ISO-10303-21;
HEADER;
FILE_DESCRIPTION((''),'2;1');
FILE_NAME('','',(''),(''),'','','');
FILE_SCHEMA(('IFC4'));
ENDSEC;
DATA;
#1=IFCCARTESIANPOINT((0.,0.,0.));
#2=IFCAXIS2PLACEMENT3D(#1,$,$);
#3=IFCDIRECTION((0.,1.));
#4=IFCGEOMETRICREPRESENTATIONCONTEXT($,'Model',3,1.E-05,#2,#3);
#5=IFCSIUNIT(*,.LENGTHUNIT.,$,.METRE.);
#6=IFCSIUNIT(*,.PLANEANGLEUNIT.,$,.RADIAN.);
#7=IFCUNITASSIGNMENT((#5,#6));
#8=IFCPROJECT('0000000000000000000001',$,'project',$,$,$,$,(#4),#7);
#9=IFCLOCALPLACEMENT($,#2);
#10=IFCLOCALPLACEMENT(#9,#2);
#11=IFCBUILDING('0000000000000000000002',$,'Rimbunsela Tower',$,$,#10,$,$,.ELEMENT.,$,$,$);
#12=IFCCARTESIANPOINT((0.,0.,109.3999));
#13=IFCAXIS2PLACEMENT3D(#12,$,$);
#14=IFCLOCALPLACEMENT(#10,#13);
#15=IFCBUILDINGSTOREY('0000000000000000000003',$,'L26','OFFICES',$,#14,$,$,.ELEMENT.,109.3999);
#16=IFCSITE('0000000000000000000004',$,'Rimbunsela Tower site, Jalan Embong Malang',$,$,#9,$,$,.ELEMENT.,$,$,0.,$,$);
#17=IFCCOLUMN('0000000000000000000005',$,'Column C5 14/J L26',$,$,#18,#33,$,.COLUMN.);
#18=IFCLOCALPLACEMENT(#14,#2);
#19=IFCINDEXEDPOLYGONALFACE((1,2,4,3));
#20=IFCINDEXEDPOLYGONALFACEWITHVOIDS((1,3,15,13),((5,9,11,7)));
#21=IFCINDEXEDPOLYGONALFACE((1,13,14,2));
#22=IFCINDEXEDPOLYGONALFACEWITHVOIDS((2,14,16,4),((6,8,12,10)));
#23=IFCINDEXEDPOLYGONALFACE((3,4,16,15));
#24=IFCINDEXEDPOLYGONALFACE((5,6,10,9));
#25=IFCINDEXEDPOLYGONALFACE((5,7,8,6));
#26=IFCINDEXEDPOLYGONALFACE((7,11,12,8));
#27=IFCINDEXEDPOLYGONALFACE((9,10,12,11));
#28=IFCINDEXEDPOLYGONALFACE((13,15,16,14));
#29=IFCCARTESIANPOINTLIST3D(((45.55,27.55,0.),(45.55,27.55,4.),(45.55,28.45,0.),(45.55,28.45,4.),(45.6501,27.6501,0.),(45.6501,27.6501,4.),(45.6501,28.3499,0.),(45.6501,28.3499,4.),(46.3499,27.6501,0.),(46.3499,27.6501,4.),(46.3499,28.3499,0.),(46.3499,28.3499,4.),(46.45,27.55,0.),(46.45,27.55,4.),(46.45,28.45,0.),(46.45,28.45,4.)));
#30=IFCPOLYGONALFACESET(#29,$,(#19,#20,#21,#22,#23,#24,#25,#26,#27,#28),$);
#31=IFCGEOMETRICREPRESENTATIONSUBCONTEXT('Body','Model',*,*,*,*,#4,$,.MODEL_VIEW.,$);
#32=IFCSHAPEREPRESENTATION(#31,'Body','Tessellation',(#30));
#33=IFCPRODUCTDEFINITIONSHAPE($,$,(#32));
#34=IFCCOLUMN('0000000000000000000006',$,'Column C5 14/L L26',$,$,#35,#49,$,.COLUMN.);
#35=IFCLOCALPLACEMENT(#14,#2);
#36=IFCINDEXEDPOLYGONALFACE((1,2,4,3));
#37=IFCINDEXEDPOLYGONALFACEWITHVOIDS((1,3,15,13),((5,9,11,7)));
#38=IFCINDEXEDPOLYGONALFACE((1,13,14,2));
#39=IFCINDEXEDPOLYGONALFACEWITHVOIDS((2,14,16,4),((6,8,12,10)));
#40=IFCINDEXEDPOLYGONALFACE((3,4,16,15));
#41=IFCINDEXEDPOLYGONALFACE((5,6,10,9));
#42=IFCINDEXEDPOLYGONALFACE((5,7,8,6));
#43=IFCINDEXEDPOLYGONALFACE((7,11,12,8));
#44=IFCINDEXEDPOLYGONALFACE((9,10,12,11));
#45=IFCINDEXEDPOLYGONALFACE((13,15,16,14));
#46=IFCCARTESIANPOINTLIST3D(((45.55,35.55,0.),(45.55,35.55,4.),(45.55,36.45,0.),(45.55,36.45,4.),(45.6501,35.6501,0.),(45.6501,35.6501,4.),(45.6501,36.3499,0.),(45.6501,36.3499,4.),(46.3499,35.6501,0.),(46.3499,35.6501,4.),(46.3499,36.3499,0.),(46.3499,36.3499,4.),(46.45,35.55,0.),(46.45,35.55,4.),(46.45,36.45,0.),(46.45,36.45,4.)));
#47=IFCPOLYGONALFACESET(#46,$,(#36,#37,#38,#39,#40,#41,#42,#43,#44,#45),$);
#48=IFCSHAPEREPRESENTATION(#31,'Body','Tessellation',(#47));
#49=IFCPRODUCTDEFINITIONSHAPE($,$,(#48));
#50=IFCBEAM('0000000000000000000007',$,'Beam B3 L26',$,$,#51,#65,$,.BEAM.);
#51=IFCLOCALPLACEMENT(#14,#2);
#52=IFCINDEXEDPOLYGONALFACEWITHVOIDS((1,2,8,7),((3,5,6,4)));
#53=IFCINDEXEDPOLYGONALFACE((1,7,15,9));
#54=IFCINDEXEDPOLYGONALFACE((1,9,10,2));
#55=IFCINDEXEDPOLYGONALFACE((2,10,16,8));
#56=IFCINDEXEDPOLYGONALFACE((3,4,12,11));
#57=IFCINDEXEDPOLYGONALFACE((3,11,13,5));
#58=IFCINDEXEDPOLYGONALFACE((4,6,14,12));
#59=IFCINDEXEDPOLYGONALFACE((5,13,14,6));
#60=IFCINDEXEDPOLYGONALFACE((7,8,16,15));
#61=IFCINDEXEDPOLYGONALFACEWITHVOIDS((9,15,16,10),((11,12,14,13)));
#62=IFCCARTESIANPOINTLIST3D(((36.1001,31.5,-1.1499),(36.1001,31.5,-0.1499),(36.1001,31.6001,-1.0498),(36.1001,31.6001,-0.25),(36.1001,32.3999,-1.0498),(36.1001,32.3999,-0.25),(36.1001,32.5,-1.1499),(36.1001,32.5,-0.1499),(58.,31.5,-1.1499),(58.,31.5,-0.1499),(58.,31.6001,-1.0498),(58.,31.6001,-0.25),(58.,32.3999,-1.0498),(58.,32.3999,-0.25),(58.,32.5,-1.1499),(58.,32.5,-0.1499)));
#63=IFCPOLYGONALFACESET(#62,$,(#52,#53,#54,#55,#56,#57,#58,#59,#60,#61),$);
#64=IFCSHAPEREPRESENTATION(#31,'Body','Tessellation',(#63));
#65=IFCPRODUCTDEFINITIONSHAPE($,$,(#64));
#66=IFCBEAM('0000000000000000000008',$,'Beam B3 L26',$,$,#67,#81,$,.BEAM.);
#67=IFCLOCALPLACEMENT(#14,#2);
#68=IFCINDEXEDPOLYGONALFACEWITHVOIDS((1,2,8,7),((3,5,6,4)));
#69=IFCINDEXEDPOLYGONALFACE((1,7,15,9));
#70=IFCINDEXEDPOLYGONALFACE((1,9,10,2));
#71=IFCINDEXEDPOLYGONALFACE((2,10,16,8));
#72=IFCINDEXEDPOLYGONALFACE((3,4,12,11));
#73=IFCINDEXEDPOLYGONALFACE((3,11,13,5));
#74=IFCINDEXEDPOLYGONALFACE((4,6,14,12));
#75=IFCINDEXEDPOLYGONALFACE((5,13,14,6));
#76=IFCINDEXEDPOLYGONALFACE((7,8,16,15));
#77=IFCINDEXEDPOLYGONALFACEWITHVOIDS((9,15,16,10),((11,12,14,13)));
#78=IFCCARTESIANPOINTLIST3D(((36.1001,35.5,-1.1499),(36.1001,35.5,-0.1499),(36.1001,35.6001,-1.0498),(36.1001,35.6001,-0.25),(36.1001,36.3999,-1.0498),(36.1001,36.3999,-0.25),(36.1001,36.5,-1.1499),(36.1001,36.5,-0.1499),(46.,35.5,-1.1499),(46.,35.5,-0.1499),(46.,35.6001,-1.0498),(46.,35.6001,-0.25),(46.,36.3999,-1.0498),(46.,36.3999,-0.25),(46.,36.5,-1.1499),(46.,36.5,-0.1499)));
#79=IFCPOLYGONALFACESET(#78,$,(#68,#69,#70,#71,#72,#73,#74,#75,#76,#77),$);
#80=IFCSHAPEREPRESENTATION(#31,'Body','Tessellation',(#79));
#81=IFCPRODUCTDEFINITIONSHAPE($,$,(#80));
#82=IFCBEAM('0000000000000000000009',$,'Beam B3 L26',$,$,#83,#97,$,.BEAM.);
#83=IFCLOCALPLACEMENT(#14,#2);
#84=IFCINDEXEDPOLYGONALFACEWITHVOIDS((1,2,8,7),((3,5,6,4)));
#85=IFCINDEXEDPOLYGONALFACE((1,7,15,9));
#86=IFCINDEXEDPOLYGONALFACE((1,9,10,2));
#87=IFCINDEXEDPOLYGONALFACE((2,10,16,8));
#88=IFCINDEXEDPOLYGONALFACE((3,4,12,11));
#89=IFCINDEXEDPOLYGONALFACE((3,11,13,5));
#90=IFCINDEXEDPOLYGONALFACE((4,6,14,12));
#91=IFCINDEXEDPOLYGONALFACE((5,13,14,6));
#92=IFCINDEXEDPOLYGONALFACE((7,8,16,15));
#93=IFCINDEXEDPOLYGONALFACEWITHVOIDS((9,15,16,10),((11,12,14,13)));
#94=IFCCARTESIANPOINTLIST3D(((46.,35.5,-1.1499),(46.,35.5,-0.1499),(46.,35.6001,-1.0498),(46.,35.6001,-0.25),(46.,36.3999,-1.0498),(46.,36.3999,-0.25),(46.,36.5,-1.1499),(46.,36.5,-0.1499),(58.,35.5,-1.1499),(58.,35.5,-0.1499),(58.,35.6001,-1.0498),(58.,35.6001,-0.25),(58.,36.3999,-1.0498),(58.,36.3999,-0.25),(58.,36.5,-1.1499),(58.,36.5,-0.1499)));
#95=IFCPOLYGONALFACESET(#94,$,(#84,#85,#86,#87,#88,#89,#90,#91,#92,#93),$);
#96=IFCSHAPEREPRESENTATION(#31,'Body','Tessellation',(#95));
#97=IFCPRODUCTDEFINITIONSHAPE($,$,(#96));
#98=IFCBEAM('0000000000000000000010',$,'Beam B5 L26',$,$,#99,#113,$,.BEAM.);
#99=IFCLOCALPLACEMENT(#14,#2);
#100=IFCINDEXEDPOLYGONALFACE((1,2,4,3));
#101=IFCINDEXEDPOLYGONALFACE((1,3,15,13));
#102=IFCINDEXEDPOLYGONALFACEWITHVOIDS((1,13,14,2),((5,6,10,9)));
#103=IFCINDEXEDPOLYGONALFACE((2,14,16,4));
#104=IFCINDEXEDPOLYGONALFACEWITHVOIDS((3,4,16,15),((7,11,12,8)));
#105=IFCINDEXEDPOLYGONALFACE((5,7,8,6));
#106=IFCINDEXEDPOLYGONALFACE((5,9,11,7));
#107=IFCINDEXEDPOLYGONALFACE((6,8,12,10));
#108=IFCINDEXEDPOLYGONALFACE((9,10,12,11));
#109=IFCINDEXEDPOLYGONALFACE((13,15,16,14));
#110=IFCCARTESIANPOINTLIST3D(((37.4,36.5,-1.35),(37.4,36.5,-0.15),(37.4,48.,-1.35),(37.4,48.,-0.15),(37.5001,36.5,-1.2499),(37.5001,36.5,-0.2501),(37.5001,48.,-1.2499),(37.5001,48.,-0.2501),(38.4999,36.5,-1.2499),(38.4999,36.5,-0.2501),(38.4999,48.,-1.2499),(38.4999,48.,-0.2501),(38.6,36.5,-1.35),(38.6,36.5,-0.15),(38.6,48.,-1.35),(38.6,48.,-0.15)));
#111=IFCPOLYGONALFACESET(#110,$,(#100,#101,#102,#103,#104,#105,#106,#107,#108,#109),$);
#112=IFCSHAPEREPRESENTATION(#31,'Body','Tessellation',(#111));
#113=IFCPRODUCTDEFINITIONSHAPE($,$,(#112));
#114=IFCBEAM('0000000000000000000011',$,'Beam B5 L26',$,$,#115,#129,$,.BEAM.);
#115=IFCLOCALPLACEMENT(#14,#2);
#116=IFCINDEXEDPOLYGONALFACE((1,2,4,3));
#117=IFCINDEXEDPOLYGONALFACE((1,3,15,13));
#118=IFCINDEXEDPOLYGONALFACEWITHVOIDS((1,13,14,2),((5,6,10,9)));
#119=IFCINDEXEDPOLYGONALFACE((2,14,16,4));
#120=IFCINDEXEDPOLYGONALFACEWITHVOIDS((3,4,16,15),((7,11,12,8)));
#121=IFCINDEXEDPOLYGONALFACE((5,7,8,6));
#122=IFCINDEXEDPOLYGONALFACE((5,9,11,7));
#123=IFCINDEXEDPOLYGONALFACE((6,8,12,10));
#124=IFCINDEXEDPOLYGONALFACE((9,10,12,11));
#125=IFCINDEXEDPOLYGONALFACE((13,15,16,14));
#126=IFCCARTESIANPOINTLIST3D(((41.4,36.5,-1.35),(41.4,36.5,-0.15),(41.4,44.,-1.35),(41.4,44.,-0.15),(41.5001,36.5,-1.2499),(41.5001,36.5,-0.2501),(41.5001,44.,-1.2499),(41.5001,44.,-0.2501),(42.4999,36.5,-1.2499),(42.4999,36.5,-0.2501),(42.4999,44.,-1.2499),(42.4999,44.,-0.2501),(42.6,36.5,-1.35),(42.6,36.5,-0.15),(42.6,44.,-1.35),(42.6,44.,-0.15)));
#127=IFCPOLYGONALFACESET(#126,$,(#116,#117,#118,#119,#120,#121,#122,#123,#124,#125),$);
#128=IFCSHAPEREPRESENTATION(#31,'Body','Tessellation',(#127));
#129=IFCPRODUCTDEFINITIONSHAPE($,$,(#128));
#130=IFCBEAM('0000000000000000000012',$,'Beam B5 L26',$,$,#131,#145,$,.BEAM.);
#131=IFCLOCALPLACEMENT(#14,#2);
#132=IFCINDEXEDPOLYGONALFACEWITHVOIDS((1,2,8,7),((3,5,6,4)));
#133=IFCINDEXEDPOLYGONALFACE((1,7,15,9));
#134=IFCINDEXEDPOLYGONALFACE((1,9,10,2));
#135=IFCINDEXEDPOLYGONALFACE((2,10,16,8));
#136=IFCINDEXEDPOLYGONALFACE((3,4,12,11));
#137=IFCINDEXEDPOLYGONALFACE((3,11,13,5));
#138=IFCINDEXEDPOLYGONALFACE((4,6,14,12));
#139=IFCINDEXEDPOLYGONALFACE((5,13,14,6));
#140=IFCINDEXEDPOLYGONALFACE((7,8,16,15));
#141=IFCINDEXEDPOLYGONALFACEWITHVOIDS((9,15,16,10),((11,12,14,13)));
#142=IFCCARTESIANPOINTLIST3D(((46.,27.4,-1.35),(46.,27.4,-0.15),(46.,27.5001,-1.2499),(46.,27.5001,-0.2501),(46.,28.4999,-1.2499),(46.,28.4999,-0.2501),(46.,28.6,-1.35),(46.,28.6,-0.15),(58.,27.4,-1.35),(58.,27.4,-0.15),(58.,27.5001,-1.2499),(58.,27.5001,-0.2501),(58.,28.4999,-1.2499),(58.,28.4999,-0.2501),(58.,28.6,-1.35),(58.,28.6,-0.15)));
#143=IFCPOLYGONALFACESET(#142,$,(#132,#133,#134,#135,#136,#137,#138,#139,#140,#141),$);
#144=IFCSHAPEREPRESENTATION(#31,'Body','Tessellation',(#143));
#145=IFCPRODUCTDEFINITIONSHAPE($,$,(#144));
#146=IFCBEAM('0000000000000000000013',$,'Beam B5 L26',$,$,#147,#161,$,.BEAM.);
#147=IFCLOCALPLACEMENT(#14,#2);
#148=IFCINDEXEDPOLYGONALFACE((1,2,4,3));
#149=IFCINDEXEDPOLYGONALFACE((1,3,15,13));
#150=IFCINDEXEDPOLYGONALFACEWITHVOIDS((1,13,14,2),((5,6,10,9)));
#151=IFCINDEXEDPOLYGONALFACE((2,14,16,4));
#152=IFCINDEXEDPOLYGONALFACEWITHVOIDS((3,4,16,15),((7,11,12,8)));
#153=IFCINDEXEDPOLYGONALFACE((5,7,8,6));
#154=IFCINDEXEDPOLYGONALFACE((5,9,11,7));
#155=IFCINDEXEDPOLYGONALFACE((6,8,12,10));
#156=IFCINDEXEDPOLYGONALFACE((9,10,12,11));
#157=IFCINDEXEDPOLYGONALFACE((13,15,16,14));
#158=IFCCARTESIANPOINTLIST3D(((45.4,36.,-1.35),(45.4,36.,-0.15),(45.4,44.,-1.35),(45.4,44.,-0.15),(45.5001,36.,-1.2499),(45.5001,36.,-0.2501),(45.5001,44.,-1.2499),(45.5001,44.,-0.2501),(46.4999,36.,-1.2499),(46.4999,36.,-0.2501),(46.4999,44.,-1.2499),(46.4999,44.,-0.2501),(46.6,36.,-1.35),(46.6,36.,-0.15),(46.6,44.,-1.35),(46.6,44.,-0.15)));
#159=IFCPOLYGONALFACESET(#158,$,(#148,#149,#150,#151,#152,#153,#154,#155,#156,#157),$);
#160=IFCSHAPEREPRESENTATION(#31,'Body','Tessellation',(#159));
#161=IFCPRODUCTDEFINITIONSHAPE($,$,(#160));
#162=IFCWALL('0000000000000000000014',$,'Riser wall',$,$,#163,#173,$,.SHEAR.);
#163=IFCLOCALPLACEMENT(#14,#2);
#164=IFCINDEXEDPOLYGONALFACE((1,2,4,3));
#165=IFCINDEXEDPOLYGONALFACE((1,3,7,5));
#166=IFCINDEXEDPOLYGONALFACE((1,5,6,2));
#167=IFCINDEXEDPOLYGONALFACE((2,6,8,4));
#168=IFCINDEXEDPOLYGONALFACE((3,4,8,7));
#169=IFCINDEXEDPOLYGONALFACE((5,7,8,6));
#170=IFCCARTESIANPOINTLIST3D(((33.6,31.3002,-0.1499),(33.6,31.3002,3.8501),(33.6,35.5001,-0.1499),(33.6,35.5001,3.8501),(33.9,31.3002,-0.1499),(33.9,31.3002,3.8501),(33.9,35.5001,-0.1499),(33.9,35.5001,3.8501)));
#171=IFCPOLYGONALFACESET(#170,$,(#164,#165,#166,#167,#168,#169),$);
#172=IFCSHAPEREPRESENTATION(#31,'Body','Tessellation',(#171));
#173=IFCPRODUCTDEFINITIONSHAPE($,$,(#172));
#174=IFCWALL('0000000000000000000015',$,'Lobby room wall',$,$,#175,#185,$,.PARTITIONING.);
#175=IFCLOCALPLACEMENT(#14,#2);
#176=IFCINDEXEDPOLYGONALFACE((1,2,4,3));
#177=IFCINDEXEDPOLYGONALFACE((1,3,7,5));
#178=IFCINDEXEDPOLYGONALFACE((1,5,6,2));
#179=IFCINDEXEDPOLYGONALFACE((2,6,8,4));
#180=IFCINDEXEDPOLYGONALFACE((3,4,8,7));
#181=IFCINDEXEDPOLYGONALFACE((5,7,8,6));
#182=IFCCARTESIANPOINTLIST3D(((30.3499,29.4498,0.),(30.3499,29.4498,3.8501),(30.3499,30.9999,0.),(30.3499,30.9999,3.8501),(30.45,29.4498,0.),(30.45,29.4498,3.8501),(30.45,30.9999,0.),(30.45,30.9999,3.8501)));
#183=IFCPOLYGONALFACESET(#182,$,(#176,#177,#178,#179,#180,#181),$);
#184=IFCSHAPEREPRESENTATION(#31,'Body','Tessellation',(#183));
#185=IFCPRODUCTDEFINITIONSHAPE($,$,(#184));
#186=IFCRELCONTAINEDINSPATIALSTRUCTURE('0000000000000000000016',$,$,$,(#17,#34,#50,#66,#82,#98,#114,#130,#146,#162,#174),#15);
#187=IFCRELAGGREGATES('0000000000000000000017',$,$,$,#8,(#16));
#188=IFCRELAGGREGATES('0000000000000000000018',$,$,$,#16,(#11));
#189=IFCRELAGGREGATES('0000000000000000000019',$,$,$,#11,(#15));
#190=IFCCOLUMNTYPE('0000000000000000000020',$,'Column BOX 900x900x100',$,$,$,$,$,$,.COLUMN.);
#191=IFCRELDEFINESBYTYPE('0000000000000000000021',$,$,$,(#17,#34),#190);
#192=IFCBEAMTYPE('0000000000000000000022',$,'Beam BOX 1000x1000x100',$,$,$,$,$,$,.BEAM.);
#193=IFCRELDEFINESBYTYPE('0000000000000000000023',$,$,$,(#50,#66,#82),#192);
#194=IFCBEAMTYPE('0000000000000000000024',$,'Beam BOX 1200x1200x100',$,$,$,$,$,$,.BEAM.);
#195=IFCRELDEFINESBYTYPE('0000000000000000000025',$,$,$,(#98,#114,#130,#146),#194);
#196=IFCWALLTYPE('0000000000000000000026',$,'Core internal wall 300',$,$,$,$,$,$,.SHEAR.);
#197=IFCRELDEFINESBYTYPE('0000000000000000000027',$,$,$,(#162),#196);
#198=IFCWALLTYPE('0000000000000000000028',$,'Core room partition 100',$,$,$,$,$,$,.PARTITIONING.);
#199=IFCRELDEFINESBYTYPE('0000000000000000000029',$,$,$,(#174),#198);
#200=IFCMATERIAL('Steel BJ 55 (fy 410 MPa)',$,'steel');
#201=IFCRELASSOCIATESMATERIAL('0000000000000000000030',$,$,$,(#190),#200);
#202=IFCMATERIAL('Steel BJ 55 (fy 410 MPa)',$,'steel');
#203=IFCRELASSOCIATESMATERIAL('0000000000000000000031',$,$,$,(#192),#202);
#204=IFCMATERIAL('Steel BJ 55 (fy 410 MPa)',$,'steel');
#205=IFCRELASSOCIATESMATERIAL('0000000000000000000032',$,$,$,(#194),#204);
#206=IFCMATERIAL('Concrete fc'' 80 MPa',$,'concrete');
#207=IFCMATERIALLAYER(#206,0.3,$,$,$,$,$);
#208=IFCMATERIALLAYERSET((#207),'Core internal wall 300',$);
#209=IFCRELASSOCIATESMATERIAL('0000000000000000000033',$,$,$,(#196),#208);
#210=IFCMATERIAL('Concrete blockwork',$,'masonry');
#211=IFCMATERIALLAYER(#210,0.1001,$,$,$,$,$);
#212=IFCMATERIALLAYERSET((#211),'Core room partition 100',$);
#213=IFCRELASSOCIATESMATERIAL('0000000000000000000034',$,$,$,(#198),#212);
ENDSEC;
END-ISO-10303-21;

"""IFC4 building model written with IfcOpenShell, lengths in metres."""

from ifc_helpers import new_model, si_unit, direction, frame, frame_2d, origin, origin_2d, place, context, subcontext, project, spatial, rectangle, hollow_rectangle, extrude, material, layer, layer_set, material_profile, profile_set, type_object, element, save


model = new_model("IFC4")

# Units and contexts
model_context = context("Model", 3, precision=1e-05, world=origin(), true_north=direction((0.0, 1.0)))
body_context = subcontext(model_context, "Body", "Model", "MODEL_VIEW")
ifc_project = project(units=[si_unit("LENGTHUNIT", "METRE"), si_unit("PLANEANGLEUNIT", "RADIAN")], contexts=[model_context])

# Site, building, storey
site_placement = place(None, origin())
site = spatial("IfcSite", under=ifc_project, at=site_placement, Name="Rimbunsela Tower site, Jalan Embong Malang", CompositionType="ELEMENT", RefElevation=0.0)
building_placement = place(site_placement, origin())
building = spatial("IfcBuilding", under=site, at=building_placement, Name="Rimbunsela Tower", CompositionType="ELEMENT")
storey_placement = place(building_placement, frame((0.0, 0.0, 109.3999)))
storey = spatial("IfcBuildingStorey", under=building, at=storey_placement, Name="L26", Description="OFFICES", CompositionType="ELEMENT", Elevation=109.3999)

# Columns
ifc_material_1 = material(Name="Steel BJ 55 (fy 410 MPa)", Category="steel")
ifc_material_profile_1 = material_profile(ifc_material_1, hollow_rectangle(XDim=0.8999, YDim=0.8999, WallThickness=0.1001, at=origin_2d()), Name="BOX 900x900x100")
ifc_profile_set_1 = profile_set([ifc_material_profile_1], Name="Steel BJ 55 (fy 410 MPa)")
column_type = type_object("IfcColumnType", Name="Column BOX 900x900x100", PredefinedType="COLUMN", material=ifc_profile_set_1)
for number, where, z_axis, x_axis, name in (
    (1, (46.0, 28.0, 0.0), (0.0, 0.0, 1.0), (1.0, 0.0, 0.0), "Column C5 14/J L26"),
    (2, (46.0, 36.0, 0.0), (0.0, 0.0, 1.0), (1.0, 0.0, 0.0), "Column C5 14/L L26"),
):
    element("IfcColumn", number, at=place(storey_placement, frame(where, z_axis=z_axis, x_axis=x_axis)), inside=storey, type_object=column_type, Name=name, PredefinedType="COLUMN", context=body_context, shape_type="SweptSolid", body=[
        extrude(hollow_rectangle(XDim=0.8999, YDim=0.8999, WallThickness=0.1001, at=origin_2d()), origin(), (0.0, 0.0, 1.0), 4.0),
    ])

# Beams
ifc_material_2 = material(Name="Steel BJ 55 (fy 410 MPa)", Category="steel")
ifc_material_profile_2 = material_profile(ifc_material_2, hollow_rectangle(XDim=1.0, YDim=1.0, WallThickness=0.1001, at=origin_2d()), Name="BOX 1000x1000x100")
ifc_profile_set_2 = profile_set([ifc_material_profile_2], Name="Steel BJ 55 (fy 410 MPa)")
beam_type_1 = type_object("IfcBeamType", Name="Beam BOX 1000x1000x100", PredefinedType="BEAM", material=ifc_profile_set_2)
beam_1_placement = place(storey_placement, frame((36.1001, 32.0, -0.6499), z_axis=(1.0, 0.0, 0.0), x_axis=(0.0, 1.0, 0.0)))
element("IfcBeam", 3, at=beam_1_placement, inside=storey, type_object=beam_type_1, Name="Beam B3 L26", PredefinedType="BEAM", context=body_context, shape_type="SweptSolid", body=[
    extrude(hollow_rectangle(XDim=1.0, YDim=1.0, WallThickness=0.1001, at=origin_2d()), origin(), (0.0, 0.0, 1.0), 21.8999),
])
beam_2_placement = place(storey_placement, frame((36.1001, 36.0, -0.6499), z_axis=(1.0, 0.0, 0.0), x_axis=(0.0, 1.0, 0.0)))
element("IfcBeam", 4, at=beam_2_placement, inside=storey, type_object=beam_type_1, Name="Beam B3 L26", PredefinedType="BEAM", context=body_context, shape_type="SweptSolid", body=[
    extrude(hollow_rectangle(XDim=1.0, YDim=1.0, WallThickness=0.1001, at=origin_2d()), origin(), (0.0, 0.0, 1.0), 9.8999),
])
beam_3_placement = place(storey_placement, frame((46.0, 36.0, -0.6499), z_axis=(1.0, 0.0, 0.0), x_axis=(0.0, 1.0, 0.0)))
element("IfcBeam", 5, at=beam_3_placement, inside=storey, type_object=beam_type_1, Name="Beam B3 L26", PredefinedType="BEAM", context=body_context, shape_type="SweptSolid", body=[
    extrude(hollow_rectangle(XDim=1.0, YDim=1.0, WallThickness=0.1001, at=origin_2d()), origin(), (0.0, 0.0, 1.0), 12.0),
])
ifc_material_3 = material(Name="Steel BJ 55 (fy 410 MPa)", Category="steel")
ifc_material_profile_3 = material_profile(ifc_material_3, hollow_rectangle(XDim=1.2, YDim=1.2, WallThickness=0.1001, at=origin_2d()), Name="BOX 1200x1200x100")
ifc_profile_set_3 = profile_set([ifc_material_profile_3], Name="Steel BJ 55 (fy 410 MPa)")
beam_type_2 = type_object("IfcBeamType", Name="Beam BOX 1200x1200x100", PredefinedType="BEAM", material=ifc_profile_set_3)
beam_4_placement = place(storey_placement, frame((38.0, 36.5, -0.75), z_axis=(0.0, 1.0, 0.0), x_axis=(-1.0, 0.0, 0.0)))
element("IfcBeam", 6, at=beam_4_placement, inside=storey, type_object=beam_type_2, Name="Beam B5 L26", PredefinedType="BEAM", context=body_context, shape_type="SweptSolid", body=[
    extrude(hollow_rectangle(XDim=1.2, YDim=1.2, WallThickness=0.1001, at=origin_2d()), origin(), (0.0, 0.0, 1.0), 11.5),
])
beam_5_placement = place(storey_placement, frame((42.0, 36.5, -0.75), z_axis=(0.0, 1.0, 0.0), x_axis=(-1.0, 0.0, 0.0)))
element("IfcBeam", 7, at=beam_5_placement, inside=storey, type_object=beam_type_2, Name="Beam B5 L26", PredefinedType="BEAM", context=body_context, shape_type="SweptSolid", body=[
    extrude(hollow_rectangle(XDim=1.2, YDim=1.2, WallThickness=0.1001, at=origin_2d()), origin(), (0.0, 0.0, 1.0), 7.5),
])
beam_6_placement = place(storey_placement, frame((46.0, 28.0, -0.75), z_axis=(1.0, 0.0, 0.0), x_axis=(0.0, 1.0, 0.0)))
element("IfcBeam", 8, at=beam_6_placement, inside=storey, type_object=beam_type_2, Name="Beam B5 L26", PredefinedType="BEAM", context=body_context, shape_type="SweptSolid", body=[
    extrude(hollow_rectangle(XDim=1.2, YDim=1.2, WallThickness=0.1001, at=origin_2d()), origin(), (0.0, 0.0, 1.0), 12.0),
])
beam_7_placement = place(storey_placement, frame((46.0, 36.0, -0.75), z_axis=(0.0, 1.0, 0.0), x_axis=(-1.0, 0.0, 0.0)))
element("IfcBeam", 9, at=beam_7_placement, inside=storey, type_object=beam_type_2, Name="Beam B5 L26", PredefinedType="BEAM", context=body_context, shape_type="SweptSolid", body=[
    extrude(hollow_rectangle(XDim=1.2, YDim=1.2, WallThickness=0.1001, at=origin_2d()), origin(), (0.0, 0.0, 1.0), 8.0),
])

# Walls
ifc_material_4 = material(Name="Concrete fc' 80 MPa", Category="concrete")
ifc_layer_1 = layer(ifc_material_4, 0.3)
ifc_layer_set_1 = layer_set([ifc_layer_1], Name="Core internal wall 300")
wall_type_1 = type_object("IfcWallType", Name="Core internal wall 300", PredefinedType="SHEAR", material=ifc_layer_set_1)
wall_1_placement = place(storey_placement, frame((33.75, 31.3, -0.1499), z_axis=(0.0, 0.0, 1.0), x_axis=(0.0, 1.0, 0.0)))
element("IfcWall", 10, at=wall_1_placement, inside=storey, type_object=wall_type_1, Name="Riser wall", PredefinedType="SHEAR", context=body_context, shape_type="SweptSolid", body=[
    extrude(rectangle(XDim=4.2, YDim=0.3, at=frame_2d((2.1001, 0.0))), origin(), (0.0, 0.0, 1.0), 4.0),
])
ifc_material_5 = material(Name="Concrete blockwork", Category="masonry")
ifc_layer_2 = layer(ifc_material_5, 0.1001)
ifc_layer_set_2 = layer_set([ifc_layer_2], Name="Core room partition 100")
wall_type_2 = type_object("IfcWallType", Name="Core room partition 100", PredefinedType="PARTITIONING", material=ifc_layer_set_2)
for number, where, z_axis, x_axis, name in (
    (11, (30.3999, 29.45, 0.0), (0.0, 0.0, 1.0), (0.0, 1.0, 0.0), "Lobby room wall"),
):
    element("IfcWall", number, at=place(storey_placement, frame(where, z_axis=z_axis, x_axis=x_axis)), inside=storey, type_object=wall_type_2, Name=name, PredefinedType="PARTITIONING", context=body_context, shape_type="SweptSolid", body=[
        extrude(rectangle(XDim=1.55, YDim=0.1001, at=frame_2d((0.7749, 0.0))), origin(), (0.0, 0.0, 1.0), 3.8501),
    ])

save(model, "model.ifc")
